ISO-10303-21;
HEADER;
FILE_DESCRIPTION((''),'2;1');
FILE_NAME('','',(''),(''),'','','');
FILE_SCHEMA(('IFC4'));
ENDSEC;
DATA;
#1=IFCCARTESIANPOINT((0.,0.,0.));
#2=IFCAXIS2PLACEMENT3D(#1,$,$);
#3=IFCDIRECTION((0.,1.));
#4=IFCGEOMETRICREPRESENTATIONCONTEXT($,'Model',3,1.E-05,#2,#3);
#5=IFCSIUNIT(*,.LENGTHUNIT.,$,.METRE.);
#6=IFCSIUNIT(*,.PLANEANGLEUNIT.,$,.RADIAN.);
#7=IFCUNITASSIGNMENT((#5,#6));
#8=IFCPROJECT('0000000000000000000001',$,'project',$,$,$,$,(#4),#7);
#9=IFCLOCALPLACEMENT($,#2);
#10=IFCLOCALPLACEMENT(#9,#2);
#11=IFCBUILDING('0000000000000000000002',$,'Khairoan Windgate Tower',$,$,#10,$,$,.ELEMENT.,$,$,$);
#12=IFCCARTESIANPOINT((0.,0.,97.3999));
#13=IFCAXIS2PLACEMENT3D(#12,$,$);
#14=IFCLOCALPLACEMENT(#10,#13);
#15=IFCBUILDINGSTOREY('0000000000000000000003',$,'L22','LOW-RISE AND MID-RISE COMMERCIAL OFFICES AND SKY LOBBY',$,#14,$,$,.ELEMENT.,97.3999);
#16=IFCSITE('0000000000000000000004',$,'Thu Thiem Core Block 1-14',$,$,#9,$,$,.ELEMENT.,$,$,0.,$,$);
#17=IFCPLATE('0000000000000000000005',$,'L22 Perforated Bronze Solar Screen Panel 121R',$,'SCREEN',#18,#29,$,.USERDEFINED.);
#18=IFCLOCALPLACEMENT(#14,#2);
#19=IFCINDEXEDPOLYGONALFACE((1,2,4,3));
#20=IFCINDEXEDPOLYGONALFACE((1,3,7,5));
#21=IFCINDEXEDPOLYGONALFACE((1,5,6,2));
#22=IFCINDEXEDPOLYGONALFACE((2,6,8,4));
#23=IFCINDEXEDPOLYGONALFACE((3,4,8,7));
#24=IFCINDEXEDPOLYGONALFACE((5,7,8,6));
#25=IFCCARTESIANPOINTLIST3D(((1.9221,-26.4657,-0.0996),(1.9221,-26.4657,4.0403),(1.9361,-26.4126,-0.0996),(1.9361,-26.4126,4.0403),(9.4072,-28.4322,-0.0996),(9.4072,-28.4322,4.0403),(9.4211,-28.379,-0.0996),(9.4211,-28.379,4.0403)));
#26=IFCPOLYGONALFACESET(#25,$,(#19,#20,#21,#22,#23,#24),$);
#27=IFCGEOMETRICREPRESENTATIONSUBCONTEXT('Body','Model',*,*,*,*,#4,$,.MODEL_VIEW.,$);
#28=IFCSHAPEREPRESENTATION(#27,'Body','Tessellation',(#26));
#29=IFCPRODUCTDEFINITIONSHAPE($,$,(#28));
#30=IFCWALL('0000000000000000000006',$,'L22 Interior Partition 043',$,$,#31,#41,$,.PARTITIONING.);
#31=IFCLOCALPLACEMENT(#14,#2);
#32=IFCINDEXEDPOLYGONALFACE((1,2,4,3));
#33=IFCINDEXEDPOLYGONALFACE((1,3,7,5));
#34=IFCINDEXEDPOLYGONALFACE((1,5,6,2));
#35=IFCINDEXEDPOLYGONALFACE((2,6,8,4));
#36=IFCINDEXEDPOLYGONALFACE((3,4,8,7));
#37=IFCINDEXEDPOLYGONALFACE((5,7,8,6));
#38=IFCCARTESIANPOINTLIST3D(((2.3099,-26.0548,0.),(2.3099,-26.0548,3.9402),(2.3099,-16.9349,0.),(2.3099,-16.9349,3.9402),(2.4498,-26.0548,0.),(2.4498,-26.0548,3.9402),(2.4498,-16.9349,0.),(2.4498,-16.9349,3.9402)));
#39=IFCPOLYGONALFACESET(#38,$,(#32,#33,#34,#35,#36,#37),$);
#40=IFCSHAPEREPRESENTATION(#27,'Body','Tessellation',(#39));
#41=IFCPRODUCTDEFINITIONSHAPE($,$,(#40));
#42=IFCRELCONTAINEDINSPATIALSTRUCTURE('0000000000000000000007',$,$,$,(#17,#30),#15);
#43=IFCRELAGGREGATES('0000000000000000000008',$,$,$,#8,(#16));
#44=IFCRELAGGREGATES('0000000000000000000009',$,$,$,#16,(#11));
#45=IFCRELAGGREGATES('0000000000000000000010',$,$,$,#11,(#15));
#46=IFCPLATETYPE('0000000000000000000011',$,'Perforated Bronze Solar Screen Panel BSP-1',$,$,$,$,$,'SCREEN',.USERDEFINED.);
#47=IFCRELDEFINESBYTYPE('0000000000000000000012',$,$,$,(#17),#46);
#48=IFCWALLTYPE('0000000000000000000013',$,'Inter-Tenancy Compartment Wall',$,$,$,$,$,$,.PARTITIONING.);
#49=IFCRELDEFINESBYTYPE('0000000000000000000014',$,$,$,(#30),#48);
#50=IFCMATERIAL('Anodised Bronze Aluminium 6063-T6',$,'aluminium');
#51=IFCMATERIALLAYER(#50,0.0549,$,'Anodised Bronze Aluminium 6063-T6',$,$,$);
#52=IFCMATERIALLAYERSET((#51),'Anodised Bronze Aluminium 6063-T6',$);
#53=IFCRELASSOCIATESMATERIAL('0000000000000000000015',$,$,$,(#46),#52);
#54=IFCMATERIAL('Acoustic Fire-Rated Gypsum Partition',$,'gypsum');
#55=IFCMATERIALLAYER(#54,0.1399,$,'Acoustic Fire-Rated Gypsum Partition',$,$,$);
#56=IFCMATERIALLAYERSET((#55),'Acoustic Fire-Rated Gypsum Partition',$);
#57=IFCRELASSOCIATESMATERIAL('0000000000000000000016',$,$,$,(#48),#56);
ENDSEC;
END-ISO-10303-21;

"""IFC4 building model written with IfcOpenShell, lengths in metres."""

from ifc_helpers import new_model, si_unit, direction, frame, frame_2d, origin, origin_2d, place, context, subcontext, project, spatial, rectangle, extrude, material, layer, layer_set, type_object, element, save


model = new_model("IFC4")

# Units and contexts
model_context = context("Model", 3, precision=1e-05, world=origin(), true_north=direction((0.0, 1.0)))
body_context = subcontext(model_context, "Body", "Model", "MODEL_VIEW")
ifc_project = project(units=[si_unit("LENGTHUNIT", "METRE"), si_unit("PLANEANGLEUNIT", "RADIAN")], contexts=[model_context])

# Site, building, storey
site_placement = place(None, origin())
site = spatial("IfcSite", under=ifc_project, at=site_placement, Name="Thu Thiem Core Block 1-14", CompositionType="ELEMENT", RefElevation=0.0)
building_placement = place(site_placement, origin())
building = spatial("IfcBuilding", under=site, at=building_placement, Name="Khairoan Windgate Tower", CompositionType="ELEMENT")
storey_placement = place(building_placement, frame((0.0, 0.0, 97.3999)))
storey = spatial("IfcBuildingStorey", under=building, at=storey_placement, Name="L22", Description="LOW-RISE AND MID-RISE COMMERCIAL OFFICES AND SKY LOBBY", CompositionType="ELEMENT", Elevation=97.3999)

# Plate
ifc_material_1 = material(Name="Anodised Bronze Aluminium 6063-T6", Category="aluminium")
ifc_layer_1 = layer(ifc_material_1, 0.0549, Name="Anodised Bronze Aluminium 6063-T6")
ifc_layer_set_1 = layer_set([ifc_layer_1], Name="Anodised Bronze Aluminium 6063-T6")
plate_type = type_object("IfcPlateType", Name="Perforated Bronze Solar Screen Panel BSP-1", ElementType="SCREEN", PredefinedType="USERDEFINED", material=ifc_layer_set_1)
plate_placement = place(storey_placement, frame((5.6716, -27.4224, -0.0996), z_axis=(0.0, 0.0, 1.0), x_axis=(-0.967179, 0.254096, 0.0)))
element("IfcPlate", 1, at=plate_placement, inside=storey, type_object=plate_type, Name="L22 Perforated Bronze Solar Screen Panel 121R", ObjectType="SCREEN", PredefinedType="USERDEFINED", context=body_context, shape_type="SweptSolid", body=[
    extrude(rectangle(XDim=7.739, YDim=0.0549, at=origin_2d()), origin(), (0.0, 0.0, 1.0), 4.1399),
])

# Wall
ifc_material_2 = material(Name="Acoustic Fire-Rated Gypsum Partition", Category="gypsum")
ifc_layer_2 = layer(ifc_material_2, 0.1399, Name="Acoustic Fire-Rated Gypsum Partition")
ifc_layer_set_2 = layer_set([ifc_layer_2], Name="Acoustic Fire-Rated Gypsum Partition")
wall_type_1 = type_object("IfcWallType", Name="Inter-Tenancy Compartment Wall", PredefinedType="PARTITIONING", material=ifc_layer_set_2)
wall_1_placement = place(storey_placement, frame((2.3799, -26.0549, 0.0), z_axis=(0.0, 0.0, 1.0), x_axis=(0.0, 1.0, 0.0)))
element("IfcWall", 2, at=wall_1_placement, inside=storey, type_object=wall_type_1, Name="L22 Interior Partition 043", PredefinedType="PARTITIONING", context=body_context, shape_type="SweptSolid", body=[
    extrude(rectangle(XDim=9.1199, YDim=0.1399, at=frame_2d((4.5601, 0.0))), origin(), (0.0, 0.0, 1.0), 3.9402),
])

save(model, "model.ifc")
